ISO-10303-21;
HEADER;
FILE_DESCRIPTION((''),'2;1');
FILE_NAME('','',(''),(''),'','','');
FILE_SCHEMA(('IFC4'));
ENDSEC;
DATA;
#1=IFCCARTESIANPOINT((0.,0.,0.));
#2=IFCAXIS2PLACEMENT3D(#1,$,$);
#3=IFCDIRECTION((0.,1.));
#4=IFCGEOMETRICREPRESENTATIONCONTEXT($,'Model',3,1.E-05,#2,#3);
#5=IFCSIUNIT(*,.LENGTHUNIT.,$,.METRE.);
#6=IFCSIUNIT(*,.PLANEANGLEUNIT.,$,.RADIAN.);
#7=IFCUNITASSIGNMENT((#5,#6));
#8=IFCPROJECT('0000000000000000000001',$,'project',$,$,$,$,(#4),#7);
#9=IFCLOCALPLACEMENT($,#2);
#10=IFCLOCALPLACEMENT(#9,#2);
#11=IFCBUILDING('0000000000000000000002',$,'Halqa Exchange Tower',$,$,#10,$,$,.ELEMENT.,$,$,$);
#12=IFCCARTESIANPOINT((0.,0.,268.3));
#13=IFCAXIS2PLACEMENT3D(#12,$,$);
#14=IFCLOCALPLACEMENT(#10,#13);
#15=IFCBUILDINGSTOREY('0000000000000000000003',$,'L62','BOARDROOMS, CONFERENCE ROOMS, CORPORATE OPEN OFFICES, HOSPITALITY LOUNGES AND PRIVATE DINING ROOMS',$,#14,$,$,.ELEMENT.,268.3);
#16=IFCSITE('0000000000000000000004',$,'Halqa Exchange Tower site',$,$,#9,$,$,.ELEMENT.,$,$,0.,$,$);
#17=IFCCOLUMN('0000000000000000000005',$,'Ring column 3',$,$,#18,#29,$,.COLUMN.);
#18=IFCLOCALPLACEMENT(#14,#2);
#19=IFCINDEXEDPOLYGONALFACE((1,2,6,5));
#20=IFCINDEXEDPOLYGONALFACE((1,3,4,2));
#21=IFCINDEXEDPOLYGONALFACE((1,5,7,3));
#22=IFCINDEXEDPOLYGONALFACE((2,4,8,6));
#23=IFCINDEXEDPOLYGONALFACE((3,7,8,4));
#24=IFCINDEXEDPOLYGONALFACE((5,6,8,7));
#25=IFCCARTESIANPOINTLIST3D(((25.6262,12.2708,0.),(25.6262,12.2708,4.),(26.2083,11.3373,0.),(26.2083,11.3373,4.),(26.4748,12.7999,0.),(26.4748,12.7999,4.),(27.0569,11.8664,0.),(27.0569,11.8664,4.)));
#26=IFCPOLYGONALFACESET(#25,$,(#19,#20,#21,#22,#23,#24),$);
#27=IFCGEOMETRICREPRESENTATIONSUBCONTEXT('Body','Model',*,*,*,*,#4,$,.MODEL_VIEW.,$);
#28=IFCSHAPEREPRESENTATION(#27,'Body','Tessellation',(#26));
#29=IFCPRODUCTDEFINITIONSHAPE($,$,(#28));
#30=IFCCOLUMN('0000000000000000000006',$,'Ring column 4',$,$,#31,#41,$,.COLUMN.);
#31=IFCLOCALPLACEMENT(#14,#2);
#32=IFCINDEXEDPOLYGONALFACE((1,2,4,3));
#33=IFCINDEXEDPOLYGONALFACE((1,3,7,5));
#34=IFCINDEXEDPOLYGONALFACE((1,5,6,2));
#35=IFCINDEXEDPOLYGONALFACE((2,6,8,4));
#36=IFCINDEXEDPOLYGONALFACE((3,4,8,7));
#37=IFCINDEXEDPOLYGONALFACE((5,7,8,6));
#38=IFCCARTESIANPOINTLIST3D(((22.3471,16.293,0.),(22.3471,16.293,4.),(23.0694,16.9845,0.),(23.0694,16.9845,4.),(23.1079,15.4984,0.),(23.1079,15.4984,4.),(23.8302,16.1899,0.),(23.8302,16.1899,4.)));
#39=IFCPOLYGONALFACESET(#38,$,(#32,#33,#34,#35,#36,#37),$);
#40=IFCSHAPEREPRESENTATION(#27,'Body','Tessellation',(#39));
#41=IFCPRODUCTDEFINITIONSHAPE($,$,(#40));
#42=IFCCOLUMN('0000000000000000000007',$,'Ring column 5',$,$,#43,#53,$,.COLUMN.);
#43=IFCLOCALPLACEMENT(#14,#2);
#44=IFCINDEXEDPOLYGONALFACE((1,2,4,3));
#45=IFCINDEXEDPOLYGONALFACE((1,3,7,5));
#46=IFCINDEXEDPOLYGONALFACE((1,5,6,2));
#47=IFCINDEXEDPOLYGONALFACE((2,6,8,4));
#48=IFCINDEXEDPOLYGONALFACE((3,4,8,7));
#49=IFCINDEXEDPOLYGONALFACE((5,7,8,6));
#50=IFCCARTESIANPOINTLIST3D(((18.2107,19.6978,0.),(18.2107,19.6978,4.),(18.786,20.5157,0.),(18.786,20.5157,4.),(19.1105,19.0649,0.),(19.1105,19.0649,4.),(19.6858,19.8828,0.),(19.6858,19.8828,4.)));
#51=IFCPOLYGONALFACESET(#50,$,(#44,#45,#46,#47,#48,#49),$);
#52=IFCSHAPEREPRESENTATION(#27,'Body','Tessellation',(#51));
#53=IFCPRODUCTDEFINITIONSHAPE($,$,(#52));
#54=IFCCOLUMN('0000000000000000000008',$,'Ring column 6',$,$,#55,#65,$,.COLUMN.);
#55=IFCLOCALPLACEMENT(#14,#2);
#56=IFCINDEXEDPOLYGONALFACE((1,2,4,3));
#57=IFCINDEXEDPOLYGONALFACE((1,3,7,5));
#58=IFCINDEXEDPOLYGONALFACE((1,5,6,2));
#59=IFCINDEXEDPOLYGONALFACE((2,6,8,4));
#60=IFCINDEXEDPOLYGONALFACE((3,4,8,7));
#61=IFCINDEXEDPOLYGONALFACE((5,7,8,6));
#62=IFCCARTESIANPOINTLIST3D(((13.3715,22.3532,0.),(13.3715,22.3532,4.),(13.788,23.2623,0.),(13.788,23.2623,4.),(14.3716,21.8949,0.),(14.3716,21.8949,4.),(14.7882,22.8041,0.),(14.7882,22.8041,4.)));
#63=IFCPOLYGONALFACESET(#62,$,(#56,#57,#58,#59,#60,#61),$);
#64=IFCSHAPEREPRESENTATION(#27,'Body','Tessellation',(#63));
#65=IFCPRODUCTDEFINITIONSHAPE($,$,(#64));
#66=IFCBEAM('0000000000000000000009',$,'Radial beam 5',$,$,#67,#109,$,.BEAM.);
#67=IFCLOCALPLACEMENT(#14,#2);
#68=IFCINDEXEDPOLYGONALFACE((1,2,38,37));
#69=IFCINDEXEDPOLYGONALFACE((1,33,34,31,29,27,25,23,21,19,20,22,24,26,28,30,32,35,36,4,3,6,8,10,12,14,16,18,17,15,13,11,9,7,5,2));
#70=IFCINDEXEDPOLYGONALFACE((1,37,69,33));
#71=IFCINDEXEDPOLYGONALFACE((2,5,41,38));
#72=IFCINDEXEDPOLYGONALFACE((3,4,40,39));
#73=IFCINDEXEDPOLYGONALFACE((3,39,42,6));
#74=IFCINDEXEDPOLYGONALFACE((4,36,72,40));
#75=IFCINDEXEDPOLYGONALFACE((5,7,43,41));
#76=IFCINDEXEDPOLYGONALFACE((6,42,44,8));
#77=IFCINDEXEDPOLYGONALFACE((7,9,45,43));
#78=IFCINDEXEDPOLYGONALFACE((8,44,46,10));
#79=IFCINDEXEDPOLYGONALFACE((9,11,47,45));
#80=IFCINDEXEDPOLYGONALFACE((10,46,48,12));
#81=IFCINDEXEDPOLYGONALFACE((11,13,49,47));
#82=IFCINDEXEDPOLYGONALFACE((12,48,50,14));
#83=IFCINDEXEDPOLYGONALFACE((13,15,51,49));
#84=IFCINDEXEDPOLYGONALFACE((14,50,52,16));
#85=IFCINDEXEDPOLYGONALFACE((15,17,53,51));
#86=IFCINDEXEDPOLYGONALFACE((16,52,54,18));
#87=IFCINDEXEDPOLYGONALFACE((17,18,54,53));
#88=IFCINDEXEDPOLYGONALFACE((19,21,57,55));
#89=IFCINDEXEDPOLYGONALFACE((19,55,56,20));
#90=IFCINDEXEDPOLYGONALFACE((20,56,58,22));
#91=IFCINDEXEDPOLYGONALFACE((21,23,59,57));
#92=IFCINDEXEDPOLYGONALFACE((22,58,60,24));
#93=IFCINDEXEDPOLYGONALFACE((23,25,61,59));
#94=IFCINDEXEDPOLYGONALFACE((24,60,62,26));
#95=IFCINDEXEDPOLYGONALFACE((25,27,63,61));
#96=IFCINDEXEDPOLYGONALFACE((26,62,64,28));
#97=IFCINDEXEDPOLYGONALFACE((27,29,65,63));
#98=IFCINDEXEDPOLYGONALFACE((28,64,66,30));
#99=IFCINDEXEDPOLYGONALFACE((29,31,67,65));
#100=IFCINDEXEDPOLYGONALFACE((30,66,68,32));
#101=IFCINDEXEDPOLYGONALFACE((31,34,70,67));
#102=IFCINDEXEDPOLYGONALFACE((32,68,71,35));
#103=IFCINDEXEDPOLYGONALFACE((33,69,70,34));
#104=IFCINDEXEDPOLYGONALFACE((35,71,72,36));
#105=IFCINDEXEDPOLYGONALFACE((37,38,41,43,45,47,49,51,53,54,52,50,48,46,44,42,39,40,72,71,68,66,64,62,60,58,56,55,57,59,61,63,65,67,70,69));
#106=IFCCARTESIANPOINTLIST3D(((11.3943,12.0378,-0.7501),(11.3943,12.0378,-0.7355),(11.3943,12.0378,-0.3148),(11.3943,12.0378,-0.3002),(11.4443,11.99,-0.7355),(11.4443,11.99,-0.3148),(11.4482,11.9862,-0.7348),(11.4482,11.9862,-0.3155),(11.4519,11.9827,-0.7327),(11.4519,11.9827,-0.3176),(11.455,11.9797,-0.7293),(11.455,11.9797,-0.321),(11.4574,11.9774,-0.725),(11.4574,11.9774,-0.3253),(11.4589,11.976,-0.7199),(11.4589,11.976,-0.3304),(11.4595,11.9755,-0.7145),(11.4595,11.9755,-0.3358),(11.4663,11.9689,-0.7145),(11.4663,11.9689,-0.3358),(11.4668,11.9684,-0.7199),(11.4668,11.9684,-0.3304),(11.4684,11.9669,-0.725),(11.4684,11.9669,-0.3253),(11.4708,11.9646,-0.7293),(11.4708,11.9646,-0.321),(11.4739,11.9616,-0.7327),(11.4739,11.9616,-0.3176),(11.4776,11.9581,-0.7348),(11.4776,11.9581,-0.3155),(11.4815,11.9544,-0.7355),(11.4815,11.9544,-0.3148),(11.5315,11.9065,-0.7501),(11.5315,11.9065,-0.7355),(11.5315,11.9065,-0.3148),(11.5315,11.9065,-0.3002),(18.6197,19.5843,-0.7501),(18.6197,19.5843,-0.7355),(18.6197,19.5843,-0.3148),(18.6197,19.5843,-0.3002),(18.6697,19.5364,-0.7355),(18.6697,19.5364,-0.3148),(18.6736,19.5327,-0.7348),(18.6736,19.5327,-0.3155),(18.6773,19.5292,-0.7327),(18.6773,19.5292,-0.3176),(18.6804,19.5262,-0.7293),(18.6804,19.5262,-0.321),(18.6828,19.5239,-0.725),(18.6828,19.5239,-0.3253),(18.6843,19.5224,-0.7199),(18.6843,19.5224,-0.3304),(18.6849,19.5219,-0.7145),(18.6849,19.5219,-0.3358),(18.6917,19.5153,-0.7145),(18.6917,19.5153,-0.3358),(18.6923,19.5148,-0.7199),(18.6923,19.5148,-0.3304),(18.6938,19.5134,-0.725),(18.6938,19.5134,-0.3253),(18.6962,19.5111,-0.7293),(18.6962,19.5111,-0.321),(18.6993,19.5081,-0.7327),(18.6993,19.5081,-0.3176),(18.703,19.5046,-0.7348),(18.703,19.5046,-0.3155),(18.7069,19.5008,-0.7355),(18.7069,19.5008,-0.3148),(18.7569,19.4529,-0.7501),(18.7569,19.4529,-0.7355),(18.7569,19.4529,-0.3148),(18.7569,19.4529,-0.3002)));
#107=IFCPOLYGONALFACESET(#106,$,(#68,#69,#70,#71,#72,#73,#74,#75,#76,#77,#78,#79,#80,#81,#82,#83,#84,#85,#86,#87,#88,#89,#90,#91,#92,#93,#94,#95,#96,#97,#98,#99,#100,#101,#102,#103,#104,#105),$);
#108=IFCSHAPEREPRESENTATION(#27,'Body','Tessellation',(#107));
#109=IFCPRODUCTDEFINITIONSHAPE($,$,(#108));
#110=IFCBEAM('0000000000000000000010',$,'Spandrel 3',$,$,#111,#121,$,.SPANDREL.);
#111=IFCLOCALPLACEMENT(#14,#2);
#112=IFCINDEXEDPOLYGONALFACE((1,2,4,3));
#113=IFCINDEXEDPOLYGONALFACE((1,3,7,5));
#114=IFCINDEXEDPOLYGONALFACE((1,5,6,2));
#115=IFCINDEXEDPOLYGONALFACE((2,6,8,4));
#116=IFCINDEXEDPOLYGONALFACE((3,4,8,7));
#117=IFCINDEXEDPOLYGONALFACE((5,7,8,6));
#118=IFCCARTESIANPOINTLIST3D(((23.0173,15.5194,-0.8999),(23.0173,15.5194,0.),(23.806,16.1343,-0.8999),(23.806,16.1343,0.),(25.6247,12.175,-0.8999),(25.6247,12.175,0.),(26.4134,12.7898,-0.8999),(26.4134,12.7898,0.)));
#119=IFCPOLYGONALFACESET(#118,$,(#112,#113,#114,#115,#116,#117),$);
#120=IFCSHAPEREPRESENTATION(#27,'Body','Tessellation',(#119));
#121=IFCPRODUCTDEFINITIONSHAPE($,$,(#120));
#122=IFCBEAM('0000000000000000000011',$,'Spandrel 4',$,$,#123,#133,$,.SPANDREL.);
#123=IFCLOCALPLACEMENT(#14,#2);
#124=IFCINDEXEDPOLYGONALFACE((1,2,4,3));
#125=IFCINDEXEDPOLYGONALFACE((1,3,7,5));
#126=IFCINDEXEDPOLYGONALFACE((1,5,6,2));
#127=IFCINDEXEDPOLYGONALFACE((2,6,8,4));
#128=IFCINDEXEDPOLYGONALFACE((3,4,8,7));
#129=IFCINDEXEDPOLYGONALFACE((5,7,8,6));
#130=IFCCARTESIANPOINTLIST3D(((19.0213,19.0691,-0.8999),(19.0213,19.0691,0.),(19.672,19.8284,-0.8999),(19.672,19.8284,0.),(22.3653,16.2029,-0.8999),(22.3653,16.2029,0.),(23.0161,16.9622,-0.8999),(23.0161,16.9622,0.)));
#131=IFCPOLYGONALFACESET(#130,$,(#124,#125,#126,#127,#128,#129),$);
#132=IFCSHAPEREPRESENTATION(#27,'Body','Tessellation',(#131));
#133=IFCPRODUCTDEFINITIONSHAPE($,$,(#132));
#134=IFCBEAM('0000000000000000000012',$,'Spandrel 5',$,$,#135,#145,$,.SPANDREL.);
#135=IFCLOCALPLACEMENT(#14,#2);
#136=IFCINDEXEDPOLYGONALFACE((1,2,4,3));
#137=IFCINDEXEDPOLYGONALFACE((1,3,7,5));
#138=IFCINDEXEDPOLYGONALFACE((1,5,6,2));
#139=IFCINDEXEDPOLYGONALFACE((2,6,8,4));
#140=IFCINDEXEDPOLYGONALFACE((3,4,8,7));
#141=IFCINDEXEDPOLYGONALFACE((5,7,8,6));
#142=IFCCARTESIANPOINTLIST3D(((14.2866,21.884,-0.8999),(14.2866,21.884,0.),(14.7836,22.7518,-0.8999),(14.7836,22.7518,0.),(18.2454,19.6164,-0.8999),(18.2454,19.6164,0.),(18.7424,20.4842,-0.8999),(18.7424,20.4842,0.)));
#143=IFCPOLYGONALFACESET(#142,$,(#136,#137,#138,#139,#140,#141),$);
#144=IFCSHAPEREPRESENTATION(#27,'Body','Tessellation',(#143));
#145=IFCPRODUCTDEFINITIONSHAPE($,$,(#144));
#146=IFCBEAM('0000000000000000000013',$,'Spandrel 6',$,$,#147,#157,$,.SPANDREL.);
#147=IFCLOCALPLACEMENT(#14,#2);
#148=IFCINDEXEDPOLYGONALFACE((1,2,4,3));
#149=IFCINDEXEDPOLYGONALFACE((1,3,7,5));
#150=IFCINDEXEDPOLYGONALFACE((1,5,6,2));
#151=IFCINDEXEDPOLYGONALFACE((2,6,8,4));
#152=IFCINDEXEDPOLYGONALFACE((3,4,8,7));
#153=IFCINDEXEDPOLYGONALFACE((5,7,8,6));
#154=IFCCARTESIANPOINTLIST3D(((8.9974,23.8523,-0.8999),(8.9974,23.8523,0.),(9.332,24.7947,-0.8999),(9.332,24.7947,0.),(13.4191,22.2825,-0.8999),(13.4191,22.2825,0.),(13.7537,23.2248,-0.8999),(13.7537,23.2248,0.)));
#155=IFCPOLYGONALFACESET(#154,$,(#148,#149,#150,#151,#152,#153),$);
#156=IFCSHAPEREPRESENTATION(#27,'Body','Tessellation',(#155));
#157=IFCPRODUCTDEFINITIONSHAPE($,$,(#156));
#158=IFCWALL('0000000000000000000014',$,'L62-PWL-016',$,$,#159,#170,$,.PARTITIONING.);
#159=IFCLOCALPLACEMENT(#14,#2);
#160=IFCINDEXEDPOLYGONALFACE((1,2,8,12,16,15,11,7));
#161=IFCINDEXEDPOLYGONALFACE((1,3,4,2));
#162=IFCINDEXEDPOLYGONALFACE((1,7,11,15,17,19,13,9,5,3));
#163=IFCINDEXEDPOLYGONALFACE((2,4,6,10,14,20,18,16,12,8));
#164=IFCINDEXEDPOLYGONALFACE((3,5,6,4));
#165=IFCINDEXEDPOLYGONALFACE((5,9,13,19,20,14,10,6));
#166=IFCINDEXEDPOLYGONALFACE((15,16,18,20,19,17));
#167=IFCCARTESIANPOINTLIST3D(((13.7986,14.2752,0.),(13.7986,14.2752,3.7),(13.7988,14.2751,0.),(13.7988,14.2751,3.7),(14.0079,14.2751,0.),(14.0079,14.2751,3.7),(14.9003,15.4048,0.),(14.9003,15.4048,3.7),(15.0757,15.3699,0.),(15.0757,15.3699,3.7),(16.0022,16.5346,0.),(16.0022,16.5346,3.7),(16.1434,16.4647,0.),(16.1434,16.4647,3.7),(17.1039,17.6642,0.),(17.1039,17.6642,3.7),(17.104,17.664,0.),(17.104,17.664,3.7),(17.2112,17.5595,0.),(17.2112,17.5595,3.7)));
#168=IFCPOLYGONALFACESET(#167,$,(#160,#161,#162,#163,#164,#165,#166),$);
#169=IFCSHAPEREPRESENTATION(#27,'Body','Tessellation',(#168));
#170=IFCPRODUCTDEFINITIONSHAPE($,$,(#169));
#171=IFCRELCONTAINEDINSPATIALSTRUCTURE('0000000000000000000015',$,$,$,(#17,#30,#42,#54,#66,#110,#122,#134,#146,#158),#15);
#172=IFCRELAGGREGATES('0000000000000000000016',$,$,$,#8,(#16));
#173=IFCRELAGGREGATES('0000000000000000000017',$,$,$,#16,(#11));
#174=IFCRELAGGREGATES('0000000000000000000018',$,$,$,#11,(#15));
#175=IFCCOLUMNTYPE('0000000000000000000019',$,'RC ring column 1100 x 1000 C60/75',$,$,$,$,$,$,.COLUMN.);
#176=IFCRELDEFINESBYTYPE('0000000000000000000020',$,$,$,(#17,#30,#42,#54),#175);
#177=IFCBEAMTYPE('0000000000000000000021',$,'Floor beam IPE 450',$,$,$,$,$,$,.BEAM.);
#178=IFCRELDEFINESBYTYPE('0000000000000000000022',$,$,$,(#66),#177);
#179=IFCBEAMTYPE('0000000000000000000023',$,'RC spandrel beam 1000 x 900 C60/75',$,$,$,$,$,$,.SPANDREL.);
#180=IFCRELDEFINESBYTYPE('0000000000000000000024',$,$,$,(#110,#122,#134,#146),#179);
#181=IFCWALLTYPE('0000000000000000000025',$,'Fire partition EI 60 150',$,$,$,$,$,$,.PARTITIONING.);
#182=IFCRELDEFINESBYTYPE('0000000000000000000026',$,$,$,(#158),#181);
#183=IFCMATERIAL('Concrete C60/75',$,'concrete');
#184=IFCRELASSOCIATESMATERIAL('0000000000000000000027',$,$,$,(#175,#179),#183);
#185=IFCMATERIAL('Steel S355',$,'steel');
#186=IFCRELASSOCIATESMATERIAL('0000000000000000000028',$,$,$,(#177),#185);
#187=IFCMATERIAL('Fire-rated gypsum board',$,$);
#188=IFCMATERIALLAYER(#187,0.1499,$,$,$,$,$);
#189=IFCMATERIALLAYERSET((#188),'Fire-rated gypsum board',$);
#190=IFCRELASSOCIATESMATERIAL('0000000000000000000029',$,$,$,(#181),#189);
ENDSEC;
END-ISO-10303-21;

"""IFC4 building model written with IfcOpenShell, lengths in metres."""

from ifc_helpers import new_model, si_unit, direction, frame, origin, origin_2d, place, context, subcontext, project, spatial, polyline, rectangle, i_section, outline, extrude, material, layer, layer_set, material_profile, profile_set, type_object, element, save


model = new_model("IFC4")

# Units and contexts
model_context = context("Model", 3, precision=1e-05, world=origin(), true_north=direction((0.0, 1.0)))
body_context = subcontext(model_context, "Body", "Model", "MODEL_VIEW")
ifc_project = project(units=[si_unit("LENGTHUNIT", "METRE"), si_unit("PLANEANGLEUNIT", "RADIAN")], contexts=[model_context])

# Site, building, storey
site_placement = place(None, origin())
site = spatial("IfcSite", under=ifc_project, at=site_placement, Name="Halqa Exchange Tower site", CompositionType="ELEMENT", RefElevation=0.0)
building_placement = place(site_placement, origin())
building = spatial("IfcBuilding", under=site, at=building_placement, Name="Halqa Exchange Tower", CompositionType="ELEMENT")
storey_placement = place(building_placement, frame((0.0, 0.0, 268.3)))
storey = spatial("IfcBuildingStorey", under=building, at=storey_placement, Name="L62", Description="BOARDROOMS, CONFERENCE ROOMS, CORPORATE OPEN OFFICES, HOSPITALITY LOUNGES AND PRIVATE DINING ROOMS", CompositionType="ELEMENT", Elevation=268.3)

# Columns
ifc_material_1 = material(Name="Concrete C60/75", Category="concrete")
ifc_material_profile_1 = material_profile(ifc_material_1, rectangle(XDim=1.1001, YDim=1.0, at=origin_2d()), Name="1100 x 1000")
ifc_profile_set_1 = profile_set([ifc_material_profile_1], Name="Concrete C60/75")
column_type = type_object("IfcColumnType", Name="RC ring column 1100 x 1000 C60/75", PredefinedType="COLUMN", material=ifc_profile_set_1)
for number, where, z_axis, x_axis, name in (
    (1, (26.3416, 12.0686, 0.0), (0.0, 0.0, 1.0), (-0.529142, 0.848533, 0.0), "Ring column 3"),
    (2, (23.0886, 16.2415, 0.0), (0.0, 0.0, 1.0), (-0.69158, 0.7223, 0.0), "Ring column 4"),
    (3, (18.9482, 19.7903, 0.0), (0.0, 0.0, 1.0), (-0.817907, 0.575351, 0.0), "Ring column 5"),
    (4, (14.0798, 22.5786, 0.0), (0.0, 0.0, 1.0), (-0.909127, 0.416519, 0.0), "Ring column 6"),
):
    element("IfcColumn", number, at=place(storey_placement, frame(where, z_axis=z_axis, x_axis=x_axis)), inside=storey, type_object=column_type, Name=name, PredefinedType="COLUMN", context=body_context, shape_type="SweptSolid", body=[
        extrude(rectangle(XDim=1.1001, YDim=1.0, at=origin_2d()), origin(), (0.0, 0.0, 1.0), 4.0),
    ])

# Beams
ifc_material_2 = material(Name="Steel S355", Category="steel")
ifc_material_profile_2 = material_profile(ifc_material_2, i_section(OverallWidth=0.1899, OverallDepth=0.45, WebThickness=0.0095, FlangeThickness=0.0146, FilletRadius=0.021, at=origin_2d()), Name="IPE 450")
ifc_profile_set_2 = profile_set([ifc_material_profile_2], Name="Steel S355")
beam_type_1 = type_object("IfcBeamType", Name="Floor beam IPE 450", PredefinedType="BEAM", material=ifc_profile_set_2)
beam_1_placement = place(storey_placement, frame((11.4629, 11.9722, -0.5251), z_axis=(0.691575, 0.722304, 0.0), x_axis=(-0.722304, 0.691575, 0.0)))
element("IfcBeam", 5, at=beam_1_placement, inside=storey, type_object=beam_type_1, Name="Radial beam 5", PredefinedType="BEAM", context=body_context, shape_type="SweptSolid", body=[
    extrude(i_section(OverallWidth=0.1899, OverallDepth=0.45, WebThickness=0.0095, FlangeThickness=0.0146, FilletRadius=0.021, at=origin_2d()), origin(), (0.0, 0.0, 1.0), 10.4478),
])
ifc_material_profile_3 = material_profile(ifc_material_1, rectangle(XDim=1.0, YDim=0.8999, at=origin_2d()), Name="1000 x 900")
ifc_profile_set_3 = profile_set([ifc_material_profile_3], Name="Concrete C60/75")
beam_type_2 = type_object("IfcBeamType", Name="RC spandrel beam 1000 x 900 C60/75", PredefinedType="SPANDREL", material=ifc_profile_set_3)
beam_2_placement = place(storey_placement, frame((26.019, 12.4824, -0.45), z_axis=(-0.614845, 0.788648, 0.0), x_axis=(-0.788648, -0.614845, 0.0)))
element("IfcBeam", 6, at=beam_2_placement, inside=storey, type_object=beam_type_2, Name="Spandrel 3", PredefinedType="SPANDREL", context=body_context, shape_type="SweptSolid", body=[
    extrude(rectangle(XDim=1.0, YDim=0.8999, at=origin_2d()), origin(), (0.0, 0.0, 1.0), 4.2407),
])
beam_3_placement = place(storey_placement, frame((22.6907, 16.5825, -0.45), z_axis=(-0.759264, 0.650782, 0.0), x_axis=(-0.650782, -0.759264, 0.0)))
element("IfcBeam", 7, at=beam_3_placement, inside=storey, type_object=beam_type_2, Name="Spandrel 4", PredefinedType="SPANDREL", context=body_context, shape_type="SweptSolid", body=[
    extrude(rectangle(XDim=1.0, YDim=0.8999, at=origin_2d()), origin(), (0.0, 0.0, 1.0), 4.4043),
])
beam_4_placement = place(storey_placement, frame((18.4939, 20.0503, -0.45), z_axis=(-0.867729, 0.497038, 0.0), x_axis=(-0.497038, -0.867729, 0.0)))
element("IfcBeam", 8, at=beam_4_placement, inside=storey, type_object=beam_type_2, Name="Spandrel 5", PredefinedType="SPANDREL", context=body_context, shape_type="SweptSolid", body=[
    extrude(rectangle(XDim=1.0, YDim=0.8999, at=origin_2d()), origin(), (0.0, 0.0, 1.0), 4.5623),
])
beam_5_placement = place(storey_placement, frame((13.5864, 22.7537, -0.45), z_axis=(-0.94237, 0.334572, 0.0), x_axis=(-0.334572, -0.94237, 0.0)))
element("IfcBeam", 9, at=beam_5_placement, inside=storey, type_object=beam_type_2, Name="Spandrel 6", PredefinedType="SPANDREL", context=body_context, shape_type="SweptSolid", body=[
    extrude(rectangle(XDim=1.0, YDim=0.8999, at=origin_2d()), origin(), (0.0, 0.0, 1.0), 4.6921),
])

# Wall
ifc_material_3 = material(Name="Fire-rated gypsum board")
ifc_layer_1 = layer(ifc_material_3, 0.1499)
ifc_layer_set_1 = layer_set([ifc_layer_1], Name="Fire-rated gypsum board")
wall_type_1 = type_object("IfcWallType", Name="Fire partition EI 60 150", PredefinedType="PARTITIONING", material=ifc_layer_set_1)
wall_1_placement = place(storey_placement, frame((13.8523, 14.2229, 0.0), z_axis=(0.0, 0.0, 1.0), x_axis=(0.698207, 0.715896, 0.0)))
element("IfcWall", 10, at=wall_1_placement, inside=storey, type_object=wall_type_1, Name="L62-PWL-016", PredefinedType="PARTITIONING", context=body_context, shape_type="SweptSolid", body=[
    extrude(outline(polyline([(4.7339, -0.075), (4.7339, 0.0747), (4.7339, 0.075), (3.156, 0.075), (1.5779, 0.075), (0.0, 0.075), (0.0, 0.0747), (0.146, -0.075), (1.6753, -0.075), (3.2046, -0.075), (4.7339, -0.075)])), origin(), (0.0, 0.0, 1.0), 3.7),
])

save(model, "model.ifc")
